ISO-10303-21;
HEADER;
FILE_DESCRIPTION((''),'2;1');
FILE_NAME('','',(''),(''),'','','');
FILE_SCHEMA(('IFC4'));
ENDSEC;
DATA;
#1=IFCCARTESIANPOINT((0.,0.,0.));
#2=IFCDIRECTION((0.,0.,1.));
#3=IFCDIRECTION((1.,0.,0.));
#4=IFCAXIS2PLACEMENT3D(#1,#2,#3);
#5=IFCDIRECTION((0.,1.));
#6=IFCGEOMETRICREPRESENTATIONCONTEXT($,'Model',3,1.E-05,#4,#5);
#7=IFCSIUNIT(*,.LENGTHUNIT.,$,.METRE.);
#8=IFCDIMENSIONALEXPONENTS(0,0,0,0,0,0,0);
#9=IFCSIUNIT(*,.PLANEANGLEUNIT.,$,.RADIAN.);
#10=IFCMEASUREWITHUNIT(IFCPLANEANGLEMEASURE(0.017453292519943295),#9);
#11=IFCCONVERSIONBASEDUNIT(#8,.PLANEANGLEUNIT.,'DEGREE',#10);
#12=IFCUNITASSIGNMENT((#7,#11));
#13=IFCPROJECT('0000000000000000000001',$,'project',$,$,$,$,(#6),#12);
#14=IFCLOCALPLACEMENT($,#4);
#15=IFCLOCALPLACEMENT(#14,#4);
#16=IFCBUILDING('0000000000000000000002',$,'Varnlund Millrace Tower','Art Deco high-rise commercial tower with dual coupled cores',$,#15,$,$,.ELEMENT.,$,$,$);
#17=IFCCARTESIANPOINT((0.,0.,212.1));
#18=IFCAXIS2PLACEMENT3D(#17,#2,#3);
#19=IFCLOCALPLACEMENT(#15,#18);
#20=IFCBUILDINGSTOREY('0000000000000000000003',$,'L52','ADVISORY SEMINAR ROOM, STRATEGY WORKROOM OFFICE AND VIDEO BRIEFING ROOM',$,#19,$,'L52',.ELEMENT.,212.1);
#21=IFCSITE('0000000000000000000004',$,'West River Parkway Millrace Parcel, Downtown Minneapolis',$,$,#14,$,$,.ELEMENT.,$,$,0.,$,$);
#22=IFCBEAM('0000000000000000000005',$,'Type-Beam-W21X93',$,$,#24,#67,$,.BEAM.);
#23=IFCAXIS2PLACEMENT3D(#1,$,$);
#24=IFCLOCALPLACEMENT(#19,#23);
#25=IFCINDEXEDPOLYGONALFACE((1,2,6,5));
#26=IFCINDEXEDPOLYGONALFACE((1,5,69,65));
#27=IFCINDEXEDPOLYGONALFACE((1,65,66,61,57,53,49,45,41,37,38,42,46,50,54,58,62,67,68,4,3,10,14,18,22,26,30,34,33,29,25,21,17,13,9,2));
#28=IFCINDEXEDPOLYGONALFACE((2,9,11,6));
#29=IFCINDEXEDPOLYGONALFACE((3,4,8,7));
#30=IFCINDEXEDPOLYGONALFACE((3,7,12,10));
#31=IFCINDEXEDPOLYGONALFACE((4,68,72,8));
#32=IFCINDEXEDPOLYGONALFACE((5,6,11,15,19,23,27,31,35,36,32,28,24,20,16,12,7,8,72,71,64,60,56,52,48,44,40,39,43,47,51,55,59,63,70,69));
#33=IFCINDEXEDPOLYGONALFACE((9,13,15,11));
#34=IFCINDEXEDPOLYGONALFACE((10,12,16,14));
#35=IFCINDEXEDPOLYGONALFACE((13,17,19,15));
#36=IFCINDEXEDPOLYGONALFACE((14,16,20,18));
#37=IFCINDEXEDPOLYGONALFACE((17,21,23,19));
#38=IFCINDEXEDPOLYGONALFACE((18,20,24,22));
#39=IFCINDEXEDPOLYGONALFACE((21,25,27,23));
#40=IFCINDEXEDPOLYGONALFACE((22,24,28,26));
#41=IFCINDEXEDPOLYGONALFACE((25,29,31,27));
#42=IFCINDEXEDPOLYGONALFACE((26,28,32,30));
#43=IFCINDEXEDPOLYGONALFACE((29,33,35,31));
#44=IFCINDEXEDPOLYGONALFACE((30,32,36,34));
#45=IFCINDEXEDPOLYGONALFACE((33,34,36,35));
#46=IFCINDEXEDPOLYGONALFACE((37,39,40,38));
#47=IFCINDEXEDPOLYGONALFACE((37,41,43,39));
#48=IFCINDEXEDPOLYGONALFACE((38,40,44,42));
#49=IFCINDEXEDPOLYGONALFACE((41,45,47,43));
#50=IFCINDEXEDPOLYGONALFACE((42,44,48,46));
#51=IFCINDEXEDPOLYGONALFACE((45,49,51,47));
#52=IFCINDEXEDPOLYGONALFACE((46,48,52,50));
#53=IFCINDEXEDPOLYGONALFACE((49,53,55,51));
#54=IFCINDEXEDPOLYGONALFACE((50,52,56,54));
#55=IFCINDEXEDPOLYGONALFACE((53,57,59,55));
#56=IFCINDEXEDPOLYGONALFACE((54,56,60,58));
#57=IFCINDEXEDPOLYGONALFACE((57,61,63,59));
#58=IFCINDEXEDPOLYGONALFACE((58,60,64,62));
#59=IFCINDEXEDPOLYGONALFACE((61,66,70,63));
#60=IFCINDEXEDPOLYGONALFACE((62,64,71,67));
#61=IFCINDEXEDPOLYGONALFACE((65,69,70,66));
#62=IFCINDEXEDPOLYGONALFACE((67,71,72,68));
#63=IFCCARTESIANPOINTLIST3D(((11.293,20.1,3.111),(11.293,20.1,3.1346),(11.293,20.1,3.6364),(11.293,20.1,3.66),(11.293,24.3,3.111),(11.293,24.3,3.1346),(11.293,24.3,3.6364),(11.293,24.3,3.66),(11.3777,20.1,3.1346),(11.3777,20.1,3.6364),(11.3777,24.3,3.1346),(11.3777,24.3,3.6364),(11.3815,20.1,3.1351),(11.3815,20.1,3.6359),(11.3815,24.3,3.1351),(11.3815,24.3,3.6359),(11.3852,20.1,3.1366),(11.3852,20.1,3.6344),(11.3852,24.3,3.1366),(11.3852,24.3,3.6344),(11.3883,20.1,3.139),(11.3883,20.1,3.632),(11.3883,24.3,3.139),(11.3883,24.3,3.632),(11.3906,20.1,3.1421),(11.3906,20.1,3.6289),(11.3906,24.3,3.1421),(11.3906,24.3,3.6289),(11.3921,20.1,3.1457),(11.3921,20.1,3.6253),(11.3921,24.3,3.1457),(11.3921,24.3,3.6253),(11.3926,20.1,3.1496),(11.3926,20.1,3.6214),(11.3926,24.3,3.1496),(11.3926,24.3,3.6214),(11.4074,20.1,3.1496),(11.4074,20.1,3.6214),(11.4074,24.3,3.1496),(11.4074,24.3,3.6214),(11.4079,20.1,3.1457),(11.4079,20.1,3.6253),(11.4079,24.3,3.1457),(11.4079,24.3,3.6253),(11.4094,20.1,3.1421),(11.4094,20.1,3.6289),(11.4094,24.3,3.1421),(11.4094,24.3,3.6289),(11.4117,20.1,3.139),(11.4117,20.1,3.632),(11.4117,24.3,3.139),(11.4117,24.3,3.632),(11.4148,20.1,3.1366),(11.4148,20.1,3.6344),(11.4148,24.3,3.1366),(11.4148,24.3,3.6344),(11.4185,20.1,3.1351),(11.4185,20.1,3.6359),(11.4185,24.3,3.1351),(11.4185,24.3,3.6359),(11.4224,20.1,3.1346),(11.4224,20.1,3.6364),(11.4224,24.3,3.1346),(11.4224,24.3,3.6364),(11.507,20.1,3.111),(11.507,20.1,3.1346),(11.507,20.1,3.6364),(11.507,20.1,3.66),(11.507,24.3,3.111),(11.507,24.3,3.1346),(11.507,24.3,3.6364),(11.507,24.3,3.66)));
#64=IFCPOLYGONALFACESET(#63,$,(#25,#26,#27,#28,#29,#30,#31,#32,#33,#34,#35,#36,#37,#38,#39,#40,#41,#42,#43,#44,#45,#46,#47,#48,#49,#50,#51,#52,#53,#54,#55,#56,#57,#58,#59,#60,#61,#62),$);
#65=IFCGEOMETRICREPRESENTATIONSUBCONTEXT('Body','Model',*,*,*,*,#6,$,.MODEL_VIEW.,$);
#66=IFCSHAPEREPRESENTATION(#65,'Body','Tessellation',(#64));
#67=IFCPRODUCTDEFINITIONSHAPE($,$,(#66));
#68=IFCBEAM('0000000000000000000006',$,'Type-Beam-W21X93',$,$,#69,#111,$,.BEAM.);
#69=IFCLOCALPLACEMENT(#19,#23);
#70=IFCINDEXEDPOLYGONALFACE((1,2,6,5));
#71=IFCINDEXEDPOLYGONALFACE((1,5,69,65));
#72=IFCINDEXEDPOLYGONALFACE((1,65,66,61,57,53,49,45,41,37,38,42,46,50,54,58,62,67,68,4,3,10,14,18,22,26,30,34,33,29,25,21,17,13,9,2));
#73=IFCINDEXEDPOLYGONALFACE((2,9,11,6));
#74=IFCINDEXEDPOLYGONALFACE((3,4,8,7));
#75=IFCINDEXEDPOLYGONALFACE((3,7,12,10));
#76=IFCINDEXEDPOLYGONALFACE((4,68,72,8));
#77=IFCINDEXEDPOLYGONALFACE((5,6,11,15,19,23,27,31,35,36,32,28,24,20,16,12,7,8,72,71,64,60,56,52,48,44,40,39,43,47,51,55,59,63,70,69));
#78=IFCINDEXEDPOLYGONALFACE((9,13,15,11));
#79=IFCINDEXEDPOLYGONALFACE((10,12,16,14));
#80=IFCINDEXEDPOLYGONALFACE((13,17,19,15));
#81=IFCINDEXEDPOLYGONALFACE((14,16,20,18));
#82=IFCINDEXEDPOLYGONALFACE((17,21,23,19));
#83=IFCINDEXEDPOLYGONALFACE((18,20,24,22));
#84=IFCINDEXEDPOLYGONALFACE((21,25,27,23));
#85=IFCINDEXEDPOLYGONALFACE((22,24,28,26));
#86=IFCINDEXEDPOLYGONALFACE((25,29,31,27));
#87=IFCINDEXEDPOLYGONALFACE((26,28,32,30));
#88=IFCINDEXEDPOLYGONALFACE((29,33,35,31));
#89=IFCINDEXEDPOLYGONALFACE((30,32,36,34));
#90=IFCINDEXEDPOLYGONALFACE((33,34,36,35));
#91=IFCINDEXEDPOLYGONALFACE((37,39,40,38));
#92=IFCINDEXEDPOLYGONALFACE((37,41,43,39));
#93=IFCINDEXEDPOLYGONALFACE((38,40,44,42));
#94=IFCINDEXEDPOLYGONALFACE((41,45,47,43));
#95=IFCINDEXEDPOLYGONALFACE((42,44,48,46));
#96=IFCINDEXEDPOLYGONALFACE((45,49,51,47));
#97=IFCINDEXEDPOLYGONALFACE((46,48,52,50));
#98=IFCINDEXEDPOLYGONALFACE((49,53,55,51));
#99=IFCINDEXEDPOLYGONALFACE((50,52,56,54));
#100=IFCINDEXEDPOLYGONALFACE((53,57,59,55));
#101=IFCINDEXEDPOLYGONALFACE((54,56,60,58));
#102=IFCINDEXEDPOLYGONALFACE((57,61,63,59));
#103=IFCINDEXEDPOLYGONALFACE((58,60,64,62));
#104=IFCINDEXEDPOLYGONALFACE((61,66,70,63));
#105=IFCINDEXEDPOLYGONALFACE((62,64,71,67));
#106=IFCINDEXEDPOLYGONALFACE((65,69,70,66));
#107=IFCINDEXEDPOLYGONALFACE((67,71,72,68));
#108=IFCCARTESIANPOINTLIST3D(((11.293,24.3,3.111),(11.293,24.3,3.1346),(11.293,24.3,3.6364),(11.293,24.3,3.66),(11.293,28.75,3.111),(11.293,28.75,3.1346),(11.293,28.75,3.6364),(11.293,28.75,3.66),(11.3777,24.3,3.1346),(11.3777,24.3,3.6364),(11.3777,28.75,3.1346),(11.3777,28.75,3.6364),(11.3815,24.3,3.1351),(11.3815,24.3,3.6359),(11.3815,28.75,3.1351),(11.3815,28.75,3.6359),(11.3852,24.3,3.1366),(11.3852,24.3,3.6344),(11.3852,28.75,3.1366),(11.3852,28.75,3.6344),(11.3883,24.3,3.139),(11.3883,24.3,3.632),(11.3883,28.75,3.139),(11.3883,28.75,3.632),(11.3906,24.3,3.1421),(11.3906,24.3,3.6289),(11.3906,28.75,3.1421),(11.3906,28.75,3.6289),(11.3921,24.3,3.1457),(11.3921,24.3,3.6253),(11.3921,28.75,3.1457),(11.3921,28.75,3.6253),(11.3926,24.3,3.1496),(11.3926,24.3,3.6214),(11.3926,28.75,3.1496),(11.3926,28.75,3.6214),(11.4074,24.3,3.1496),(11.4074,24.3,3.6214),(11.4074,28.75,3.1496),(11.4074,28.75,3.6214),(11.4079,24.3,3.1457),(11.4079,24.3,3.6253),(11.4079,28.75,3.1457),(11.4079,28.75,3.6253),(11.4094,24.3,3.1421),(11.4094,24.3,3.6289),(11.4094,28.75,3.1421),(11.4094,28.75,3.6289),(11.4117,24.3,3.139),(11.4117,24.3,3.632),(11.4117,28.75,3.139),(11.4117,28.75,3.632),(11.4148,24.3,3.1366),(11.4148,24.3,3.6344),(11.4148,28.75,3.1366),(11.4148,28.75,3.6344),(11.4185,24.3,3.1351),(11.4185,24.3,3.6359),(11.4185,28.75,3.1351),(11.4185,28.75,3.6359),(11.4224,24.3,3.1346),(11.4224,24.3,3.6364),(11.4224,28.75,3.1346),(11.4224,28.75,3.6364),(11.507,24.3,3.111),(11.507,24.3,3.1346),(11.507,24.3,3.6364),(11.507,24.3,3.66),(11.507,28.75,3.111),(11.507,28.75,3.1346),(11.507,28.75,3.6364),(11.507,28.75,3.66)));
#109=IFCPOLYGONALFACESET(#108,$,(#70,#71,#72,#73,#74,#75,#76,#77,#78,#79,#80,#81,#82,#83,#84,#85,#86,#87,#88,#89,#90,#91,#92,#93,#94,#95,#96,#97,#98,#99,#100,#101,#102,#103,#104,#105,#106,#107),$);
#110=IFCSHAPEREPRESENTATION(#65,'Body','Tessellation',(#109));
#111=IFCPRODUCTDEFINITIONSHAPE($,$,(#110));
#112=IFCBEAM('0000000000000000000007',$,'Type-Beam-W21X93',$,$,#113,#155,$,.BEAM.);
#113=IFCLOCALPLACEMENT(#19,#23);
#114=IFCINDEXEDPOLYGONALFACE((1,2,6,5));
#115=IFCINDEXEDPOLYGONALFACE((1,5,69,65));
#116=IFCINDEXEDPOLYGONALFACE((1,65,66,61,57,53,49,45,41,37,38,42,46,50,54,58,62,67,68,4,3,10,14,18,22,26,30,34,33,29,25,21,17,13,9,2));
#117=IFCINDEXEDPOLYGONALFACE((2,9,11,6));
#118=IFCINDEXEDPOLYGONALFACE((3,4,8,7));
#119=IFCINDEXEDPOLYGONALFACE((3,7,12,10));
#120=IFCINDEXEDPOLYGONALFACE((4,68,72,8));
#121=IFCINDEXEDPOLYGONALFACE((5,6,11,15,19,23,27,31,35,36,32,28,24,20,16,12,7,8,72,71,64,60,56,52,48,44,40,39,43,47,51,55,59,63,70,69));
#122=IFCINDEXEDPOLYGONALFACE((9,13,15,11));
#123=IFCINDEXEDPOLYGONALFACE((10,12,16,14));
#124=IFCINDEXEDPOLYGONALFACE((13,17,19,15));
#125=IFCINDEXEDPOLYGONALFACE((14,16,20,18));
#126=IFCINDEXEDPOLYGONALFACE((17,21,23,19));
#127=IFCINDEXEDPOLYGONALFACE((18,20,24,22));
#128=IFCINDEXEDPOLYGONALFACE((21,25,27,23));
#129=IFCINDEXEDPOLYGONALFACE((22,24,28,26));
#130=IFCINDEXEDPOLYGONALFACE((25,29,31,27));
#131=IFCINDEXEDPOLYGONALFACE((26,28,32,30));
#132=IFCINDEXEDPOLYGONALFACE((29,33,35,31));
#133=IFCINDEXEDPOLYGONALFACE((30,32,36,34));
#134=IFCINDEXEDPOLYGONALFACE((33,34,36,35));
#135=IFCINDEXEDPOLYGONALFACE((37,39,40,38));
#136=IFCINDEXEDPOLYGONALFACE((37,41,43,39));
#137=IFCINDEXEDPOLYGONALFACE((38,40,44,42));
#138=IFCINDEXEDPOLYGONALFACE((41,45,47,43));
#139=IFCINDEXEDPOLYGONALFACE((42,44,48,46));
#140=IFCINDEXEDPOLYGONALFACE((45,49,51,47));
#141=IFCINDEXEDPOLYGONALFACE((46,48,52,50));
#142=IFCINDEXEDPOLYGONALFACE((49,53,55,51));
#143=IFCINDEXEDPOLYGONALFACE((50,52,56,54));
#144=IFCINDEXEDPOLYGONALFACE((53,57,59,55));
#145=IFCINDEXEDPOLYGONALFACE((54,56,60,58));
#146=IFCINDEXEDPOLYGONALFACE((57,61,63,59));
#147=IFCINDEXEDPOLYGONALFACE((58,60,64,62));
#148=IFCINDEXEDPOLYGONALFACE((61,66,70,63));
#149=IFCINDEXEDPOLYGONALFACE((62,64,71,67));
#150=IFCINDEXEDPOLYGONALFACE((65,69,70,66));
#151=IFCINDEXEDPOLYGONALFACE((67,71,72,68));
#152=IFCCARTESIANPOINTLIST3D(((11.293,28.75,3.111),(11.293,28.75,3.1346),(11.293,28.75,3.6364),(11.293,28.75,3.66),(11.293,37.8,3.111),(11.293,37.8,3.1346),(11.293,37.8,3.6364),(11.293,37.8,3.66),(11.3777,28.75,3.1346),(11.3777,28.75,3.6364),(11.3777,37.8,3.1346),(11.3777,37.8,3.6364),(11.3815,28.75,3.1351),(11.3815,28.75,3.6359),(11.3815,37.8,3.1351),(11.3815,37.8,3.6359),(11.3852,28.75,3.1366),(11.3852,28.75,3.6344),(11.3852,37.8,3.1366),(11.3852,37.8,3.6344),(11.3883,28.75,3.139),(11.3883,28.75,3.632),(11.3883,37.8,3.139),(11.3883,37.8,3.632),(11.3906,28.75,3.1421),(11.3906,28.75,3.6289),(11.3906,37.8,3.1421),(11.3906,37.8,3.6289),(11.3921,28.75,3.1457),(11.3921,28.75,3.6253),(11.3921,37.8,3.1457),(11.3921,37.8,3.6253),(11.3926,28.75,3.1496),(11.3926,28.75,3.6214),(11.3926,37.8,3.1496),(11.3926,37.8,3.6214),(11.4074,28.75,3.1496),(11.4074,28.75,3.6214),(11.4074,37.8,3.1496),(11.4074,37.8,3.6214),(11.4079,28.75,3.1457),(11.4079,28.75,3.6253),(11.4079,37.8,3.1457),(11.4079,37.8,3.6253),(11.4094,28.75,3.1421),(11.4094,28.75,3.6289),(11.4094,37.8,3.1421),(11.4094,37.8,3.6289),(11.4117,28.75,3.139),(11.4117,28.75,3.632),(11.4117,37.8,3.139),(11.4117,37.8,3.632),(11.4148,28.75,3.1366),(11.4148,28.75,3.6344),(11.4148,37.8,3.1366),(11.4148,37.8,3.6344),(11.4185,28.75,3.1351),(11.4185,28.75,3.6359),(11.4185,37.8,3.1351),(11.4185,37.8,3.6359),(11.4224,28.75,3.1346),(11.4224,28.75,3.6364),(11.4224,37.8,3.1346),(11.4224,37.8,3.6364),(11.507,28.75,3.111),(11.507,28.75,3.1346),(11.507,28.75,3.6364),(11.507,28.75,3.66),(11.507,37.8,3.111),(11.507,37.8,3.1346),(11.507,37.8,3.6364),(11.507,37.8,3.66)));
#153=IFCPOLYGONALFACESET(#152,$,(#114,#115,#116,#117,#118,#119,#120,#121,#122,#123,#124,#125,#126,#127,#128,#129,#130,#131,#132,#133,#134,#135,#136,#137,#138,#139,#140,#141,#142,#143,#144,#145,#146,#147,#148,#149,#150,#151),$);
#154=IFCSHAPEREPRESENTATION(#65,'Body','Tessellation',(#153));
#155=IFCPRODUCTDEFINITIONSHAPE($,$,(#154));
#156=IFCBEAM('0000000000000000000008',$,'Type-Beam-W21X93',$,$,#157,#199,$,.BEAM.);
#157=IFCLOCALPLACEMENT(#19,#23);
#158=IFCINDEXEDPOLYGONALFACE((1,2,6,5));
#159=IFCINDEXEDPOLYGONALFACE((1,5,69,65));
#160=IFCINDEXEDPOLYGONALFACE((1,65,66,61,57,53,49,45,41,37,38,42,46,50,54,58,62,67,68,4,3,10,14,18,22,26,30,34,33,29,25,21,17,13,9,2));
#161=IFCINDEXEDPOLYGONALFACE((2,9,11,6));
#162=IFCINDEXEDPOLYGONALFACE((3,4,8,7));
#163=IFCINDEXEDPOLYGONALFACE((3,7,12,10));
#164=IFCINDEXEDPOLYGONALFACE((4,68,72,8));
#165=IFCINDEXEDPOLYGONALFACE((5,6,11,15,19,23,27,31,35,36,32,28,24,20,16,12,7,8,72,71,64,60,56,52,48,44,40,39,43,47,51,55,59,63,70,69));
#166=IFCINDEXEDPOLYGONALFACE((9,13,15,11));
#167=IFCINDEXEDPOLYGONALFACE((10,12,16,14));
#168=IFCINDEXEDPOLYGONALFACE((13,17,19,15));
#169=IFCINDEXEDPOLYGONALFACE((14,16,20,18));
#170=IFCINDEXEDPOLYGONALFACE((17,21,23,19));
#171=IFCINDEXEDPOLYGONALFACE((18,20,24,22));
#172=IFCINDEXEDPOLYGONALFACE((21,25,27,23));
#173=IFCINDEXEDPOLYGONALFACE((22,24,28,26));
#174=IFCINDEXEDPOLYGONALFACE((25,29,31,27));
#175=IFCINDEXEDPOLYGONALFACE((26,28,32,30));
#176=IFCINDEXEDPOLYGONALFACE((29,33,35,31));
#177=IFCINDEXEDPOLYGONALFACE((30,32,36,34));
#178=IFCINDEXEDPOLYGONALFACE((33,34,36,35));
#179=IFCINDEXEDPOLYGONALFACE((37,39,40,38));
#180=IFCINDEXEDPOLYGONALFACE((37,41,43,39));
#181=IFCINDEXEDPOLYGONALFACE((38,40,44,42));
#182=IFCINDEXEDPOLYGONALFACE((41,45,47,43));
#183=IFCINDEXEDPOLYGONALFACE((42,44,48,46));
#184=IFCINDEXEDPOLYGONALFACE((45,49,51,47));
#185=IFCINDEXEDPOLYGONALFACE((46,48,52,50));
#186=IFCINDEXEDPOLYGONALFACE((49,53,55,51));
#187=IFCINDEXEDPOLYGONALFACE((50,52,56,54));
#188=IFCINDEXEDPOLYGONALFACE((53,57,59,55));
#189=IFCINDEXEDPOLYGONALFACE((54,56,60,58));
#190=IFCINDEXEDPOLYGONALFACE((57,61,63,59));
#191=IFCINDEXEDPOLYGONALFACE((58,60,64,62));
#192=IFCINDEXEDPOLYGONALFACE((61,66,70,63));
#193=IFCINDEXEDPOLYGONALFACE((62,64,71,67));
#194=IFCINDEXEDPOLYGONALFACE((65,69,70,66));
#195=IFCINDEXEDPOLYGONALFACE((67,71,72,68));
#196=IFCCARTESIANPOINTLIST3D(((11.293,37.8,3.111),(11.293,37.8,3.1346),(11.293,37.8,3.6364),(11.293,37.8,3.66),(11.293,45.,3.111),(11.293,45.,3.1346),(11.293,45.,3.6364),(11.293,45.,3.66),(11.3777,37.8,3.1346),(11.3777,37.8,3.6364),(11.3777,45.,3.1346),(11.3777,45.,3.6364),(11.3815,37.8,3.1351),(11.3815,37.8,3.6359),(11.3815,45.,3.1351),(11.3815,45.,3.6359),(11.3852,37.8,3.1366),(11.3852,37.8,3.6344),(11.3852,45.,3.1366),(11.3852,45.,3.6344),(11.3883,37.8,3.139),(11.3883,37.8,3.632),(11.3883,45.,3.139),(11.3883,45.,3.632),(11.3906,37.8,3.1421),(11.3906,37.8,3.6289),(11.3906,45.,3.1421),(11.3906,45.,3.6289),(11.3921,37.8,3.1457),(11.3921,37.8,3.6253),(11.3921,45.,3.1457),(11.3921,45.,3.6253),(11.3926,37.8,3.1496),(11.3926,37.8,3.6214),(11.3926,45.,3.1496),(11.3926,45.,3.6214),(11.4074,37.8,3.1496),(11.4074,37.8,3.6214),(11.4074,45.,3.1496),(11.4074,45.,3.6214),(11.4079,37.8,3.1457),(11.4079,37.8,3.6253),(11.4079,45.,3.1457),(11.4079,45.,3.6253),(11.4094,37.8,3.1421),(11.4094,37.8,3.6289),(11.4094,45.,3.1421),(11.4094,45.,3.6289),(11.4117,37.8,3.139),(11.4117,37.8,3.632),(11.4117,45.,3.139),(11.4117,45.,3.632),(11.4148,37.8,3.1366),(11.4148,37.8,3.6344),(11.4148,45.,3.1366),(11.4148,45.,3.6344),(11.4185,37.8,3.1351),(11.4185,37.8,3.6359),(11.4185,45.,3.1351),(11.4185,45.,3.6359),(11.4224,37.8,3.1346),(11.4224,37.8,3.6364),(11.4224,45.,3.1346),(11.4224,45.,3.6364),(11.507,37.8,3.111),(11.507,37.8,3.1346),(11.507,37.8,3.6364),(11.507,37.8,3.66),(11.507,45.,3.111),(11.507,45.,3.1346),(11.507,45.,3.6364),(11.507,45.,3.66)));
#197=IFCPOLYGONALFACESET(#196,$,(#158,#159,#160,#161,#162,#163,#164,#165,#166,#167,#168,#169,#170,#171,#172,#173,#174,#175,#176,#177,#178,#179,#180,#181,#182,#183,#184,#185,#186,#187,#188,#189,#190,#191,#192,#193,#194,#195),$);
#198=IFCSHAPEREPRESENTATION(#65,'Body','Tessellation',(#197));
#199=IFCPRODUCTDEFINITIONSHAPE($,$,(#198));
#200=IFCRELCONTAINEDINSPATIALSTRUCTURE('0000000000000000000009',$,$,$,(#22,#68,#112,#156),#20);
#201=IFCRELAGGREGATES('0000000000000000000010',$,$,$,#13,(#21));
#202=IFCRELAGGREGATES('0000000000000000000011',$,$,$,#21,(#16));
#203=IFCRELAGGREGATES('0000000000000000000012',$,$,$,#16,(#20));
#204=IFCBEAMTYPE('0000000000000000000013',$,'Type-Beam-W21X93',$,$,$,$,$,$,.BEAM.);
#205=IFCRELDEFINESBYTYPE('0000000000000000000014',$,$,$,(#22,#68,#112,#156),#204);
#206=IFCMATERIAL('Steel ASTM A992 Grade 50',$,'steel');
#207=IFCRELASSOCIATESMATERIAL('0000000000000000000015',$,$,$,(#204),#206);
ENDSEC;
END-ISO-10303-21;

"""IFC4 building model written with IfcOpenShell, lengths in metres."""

from ifc_helpers import new_model, entity, si_unit, converted_unit, direction, frame, origin_with_axes, origin_2d_with_axis, place, context, subcontext, project, spatial, i_section, extrude, material, material_profile, profile_set, type_object, element, save


model = new_model("IFC4")

# Units and contexts
model_context = context("Model", 3, precision=1e-05, world=origin_with_axes(), true_north=direction((0.0, 1.0)))
body_context = subcontext(model_context, "Body", "Model", "MODEL_VIEW")
ifc_project = project(units=[si_unit("LENGTHUNIT", "METRE"), converted_unit("PLANEANGLEUNIT", "DEGREE", entity("IfcPlaneAngleMeasure", 0.017453292519943295), si_unit("PLANEANGLEUNIT", "RADIAN"), dimensions=[0, 0, 0, 0, 0, 0, 0])], contexts=[model_context])

# Site, building, storey
site_placement = place(None, origin_with_axes())
site = spatial("IfcSite", under=ifc_project, at=site_placement, Name="West River Parkway Millrace Parcel, Downtown Minneapolis", CompositionType="ELEMENT", RefElevation=0.0)
building_placement = place(site_placement, origin_with_axes())
building = spatial("IfcBuilding", under=site, at=building_placement, Name="Varnlund Millrace Tower", Description="Art Deco high-rise commercial tower with dual coupled cores", CompositionType="ELEMENT")
storey_placement = place(building_placement, frame((0.0, 0.0, 212.1), z_axis=(0.0, 0.0, 1.0), x_axis=(1.0, 0.0, 0.0)))
storey = spatial("IfcBuildingStorey", under=building, at=storey_placement, Name="L52", Description="ADVISORY SEMINAR ROOM, STRATEGY WORKROOM OFFICE AND VIDEO BRIEFING ROOM", LongName="L52", CompositionType="ELEMENT", Elevation=212.1)

# Beams
ifc_material_1 = material(Name="Steel ASTM A992 Grade 50", Category="steel")
ifc_material_profile_1 = material_profile(ifc_material_1, i_section(OverallWidth=0.214, OverallDepth=0.549, WebThickness=0.0147, FlangeThickness=0.0236, FilletRadius=0.015, at=origin_2d_with_axis()), Name="Steel ASTM A992 Grade 50")
ifc_profile_set_1 = profile_set([ifc_material_profile_1], Name="Steel ASTM A992 Grade 50")
beam_type_1 = type_object("IfcBeamType", Name="Type-Beam-W21X93", PredefinedType="BEAM", material=ifc_profile_set_1)
beam_1_placement = place(storey_placement, frame((11.4, 20.1, 3.3855), z_axis=(0.0, 1.0, 0.0), x_axis=(-1.0, 0.0, 0.0)))
element("IfcBeam", 1, at=beam_1_placement, inside=storey, type_object=beam_type_1, Name="Type-Beam-W21X93", PredefinedType="BEAM", context=body_context, shape_type="SweptSolid", body=[
    extrude(i_section(OverallWidth=0.214, OverallDepth=0.549, WebThickness=0.0147, FlangeThickness=0.0236, FilletRadius=0.015, at=origin_2d_with_axis()), origin_with_axes(), (0.0, 0.0, 1.0), 4.2),
])
beam_2_placement = place(storey_placement, frame((11.4, 24.3, 3.3855), z_axis=(0.0, 1.0, 0.0), x_axis=(-1.0, 0.0, 0.0)))
element("IfcBeam", 2, at=beam_2_placement, inside=storey, type_object=beam_type_1, Name="Type-Beam-W21X93", PredefinedType="BEAM", context=body_context, shape_type="SweptSolid", body=[
    extrude(i_section(OverallWidth=0.214, OverallDepth=0.549, WebThickness=0.0147, FlangeThickness=0.0236, FilletRadius=0.015, at=origin_2d_with_axis()), origin_with_axes(), (0.0, 0.0, 1.0), 4.45),
])
beam_3_placement = place(storey_placement, frame((11.4, 28.75, 3.3855), z_axis=(0.0, 1.0, 0.0), x_axis=(-1.0, 0.0, 0.0)))
element("IfcBeam", 3, at=beam_3_placement, inside=storey, type_object=beam_type_1, Name="Type-Beam-W21X93", PredefinedType="BEAM", context=body_context, shape_type="SweptSolid", body=[
    extrude(i_section(OverallWidth=0.214, OverallDepth=0.549, WebThickness=0.0147, FlangeThickness=0.0236, FilletRadius=0.015, at=origin_2d_with_axis()), origin_with_axes(), (0.0, 0.0, 1.0), 9.05),
])
beam_4_placement = place(storey_placement, frame((11.4, 37.8, 3.3855), z_axis=(0.0, 1.0, 0.0), x_axis=(-1.0, 0.0, 0.0)))
element("IfcBeam", 4, at=beam_4_placement, inside=storey, type_object=beam_type_1, Name="Type-Beam-W21X93", PredefinedType="BEAM", context=body_context, shape_type="SweptSolid", body=[
    extrude(i_section(OverallWidth=0.214, OverallDepth=0.549, WebThickness=0.0147, FlangeThickness=0.0236, FilletRadius=0.015, at=origin_2d_with_axis()), origin_with_axes(), (0.0, 0.0, 1.0), 7.2),
])

save(model, "model.ifc")
